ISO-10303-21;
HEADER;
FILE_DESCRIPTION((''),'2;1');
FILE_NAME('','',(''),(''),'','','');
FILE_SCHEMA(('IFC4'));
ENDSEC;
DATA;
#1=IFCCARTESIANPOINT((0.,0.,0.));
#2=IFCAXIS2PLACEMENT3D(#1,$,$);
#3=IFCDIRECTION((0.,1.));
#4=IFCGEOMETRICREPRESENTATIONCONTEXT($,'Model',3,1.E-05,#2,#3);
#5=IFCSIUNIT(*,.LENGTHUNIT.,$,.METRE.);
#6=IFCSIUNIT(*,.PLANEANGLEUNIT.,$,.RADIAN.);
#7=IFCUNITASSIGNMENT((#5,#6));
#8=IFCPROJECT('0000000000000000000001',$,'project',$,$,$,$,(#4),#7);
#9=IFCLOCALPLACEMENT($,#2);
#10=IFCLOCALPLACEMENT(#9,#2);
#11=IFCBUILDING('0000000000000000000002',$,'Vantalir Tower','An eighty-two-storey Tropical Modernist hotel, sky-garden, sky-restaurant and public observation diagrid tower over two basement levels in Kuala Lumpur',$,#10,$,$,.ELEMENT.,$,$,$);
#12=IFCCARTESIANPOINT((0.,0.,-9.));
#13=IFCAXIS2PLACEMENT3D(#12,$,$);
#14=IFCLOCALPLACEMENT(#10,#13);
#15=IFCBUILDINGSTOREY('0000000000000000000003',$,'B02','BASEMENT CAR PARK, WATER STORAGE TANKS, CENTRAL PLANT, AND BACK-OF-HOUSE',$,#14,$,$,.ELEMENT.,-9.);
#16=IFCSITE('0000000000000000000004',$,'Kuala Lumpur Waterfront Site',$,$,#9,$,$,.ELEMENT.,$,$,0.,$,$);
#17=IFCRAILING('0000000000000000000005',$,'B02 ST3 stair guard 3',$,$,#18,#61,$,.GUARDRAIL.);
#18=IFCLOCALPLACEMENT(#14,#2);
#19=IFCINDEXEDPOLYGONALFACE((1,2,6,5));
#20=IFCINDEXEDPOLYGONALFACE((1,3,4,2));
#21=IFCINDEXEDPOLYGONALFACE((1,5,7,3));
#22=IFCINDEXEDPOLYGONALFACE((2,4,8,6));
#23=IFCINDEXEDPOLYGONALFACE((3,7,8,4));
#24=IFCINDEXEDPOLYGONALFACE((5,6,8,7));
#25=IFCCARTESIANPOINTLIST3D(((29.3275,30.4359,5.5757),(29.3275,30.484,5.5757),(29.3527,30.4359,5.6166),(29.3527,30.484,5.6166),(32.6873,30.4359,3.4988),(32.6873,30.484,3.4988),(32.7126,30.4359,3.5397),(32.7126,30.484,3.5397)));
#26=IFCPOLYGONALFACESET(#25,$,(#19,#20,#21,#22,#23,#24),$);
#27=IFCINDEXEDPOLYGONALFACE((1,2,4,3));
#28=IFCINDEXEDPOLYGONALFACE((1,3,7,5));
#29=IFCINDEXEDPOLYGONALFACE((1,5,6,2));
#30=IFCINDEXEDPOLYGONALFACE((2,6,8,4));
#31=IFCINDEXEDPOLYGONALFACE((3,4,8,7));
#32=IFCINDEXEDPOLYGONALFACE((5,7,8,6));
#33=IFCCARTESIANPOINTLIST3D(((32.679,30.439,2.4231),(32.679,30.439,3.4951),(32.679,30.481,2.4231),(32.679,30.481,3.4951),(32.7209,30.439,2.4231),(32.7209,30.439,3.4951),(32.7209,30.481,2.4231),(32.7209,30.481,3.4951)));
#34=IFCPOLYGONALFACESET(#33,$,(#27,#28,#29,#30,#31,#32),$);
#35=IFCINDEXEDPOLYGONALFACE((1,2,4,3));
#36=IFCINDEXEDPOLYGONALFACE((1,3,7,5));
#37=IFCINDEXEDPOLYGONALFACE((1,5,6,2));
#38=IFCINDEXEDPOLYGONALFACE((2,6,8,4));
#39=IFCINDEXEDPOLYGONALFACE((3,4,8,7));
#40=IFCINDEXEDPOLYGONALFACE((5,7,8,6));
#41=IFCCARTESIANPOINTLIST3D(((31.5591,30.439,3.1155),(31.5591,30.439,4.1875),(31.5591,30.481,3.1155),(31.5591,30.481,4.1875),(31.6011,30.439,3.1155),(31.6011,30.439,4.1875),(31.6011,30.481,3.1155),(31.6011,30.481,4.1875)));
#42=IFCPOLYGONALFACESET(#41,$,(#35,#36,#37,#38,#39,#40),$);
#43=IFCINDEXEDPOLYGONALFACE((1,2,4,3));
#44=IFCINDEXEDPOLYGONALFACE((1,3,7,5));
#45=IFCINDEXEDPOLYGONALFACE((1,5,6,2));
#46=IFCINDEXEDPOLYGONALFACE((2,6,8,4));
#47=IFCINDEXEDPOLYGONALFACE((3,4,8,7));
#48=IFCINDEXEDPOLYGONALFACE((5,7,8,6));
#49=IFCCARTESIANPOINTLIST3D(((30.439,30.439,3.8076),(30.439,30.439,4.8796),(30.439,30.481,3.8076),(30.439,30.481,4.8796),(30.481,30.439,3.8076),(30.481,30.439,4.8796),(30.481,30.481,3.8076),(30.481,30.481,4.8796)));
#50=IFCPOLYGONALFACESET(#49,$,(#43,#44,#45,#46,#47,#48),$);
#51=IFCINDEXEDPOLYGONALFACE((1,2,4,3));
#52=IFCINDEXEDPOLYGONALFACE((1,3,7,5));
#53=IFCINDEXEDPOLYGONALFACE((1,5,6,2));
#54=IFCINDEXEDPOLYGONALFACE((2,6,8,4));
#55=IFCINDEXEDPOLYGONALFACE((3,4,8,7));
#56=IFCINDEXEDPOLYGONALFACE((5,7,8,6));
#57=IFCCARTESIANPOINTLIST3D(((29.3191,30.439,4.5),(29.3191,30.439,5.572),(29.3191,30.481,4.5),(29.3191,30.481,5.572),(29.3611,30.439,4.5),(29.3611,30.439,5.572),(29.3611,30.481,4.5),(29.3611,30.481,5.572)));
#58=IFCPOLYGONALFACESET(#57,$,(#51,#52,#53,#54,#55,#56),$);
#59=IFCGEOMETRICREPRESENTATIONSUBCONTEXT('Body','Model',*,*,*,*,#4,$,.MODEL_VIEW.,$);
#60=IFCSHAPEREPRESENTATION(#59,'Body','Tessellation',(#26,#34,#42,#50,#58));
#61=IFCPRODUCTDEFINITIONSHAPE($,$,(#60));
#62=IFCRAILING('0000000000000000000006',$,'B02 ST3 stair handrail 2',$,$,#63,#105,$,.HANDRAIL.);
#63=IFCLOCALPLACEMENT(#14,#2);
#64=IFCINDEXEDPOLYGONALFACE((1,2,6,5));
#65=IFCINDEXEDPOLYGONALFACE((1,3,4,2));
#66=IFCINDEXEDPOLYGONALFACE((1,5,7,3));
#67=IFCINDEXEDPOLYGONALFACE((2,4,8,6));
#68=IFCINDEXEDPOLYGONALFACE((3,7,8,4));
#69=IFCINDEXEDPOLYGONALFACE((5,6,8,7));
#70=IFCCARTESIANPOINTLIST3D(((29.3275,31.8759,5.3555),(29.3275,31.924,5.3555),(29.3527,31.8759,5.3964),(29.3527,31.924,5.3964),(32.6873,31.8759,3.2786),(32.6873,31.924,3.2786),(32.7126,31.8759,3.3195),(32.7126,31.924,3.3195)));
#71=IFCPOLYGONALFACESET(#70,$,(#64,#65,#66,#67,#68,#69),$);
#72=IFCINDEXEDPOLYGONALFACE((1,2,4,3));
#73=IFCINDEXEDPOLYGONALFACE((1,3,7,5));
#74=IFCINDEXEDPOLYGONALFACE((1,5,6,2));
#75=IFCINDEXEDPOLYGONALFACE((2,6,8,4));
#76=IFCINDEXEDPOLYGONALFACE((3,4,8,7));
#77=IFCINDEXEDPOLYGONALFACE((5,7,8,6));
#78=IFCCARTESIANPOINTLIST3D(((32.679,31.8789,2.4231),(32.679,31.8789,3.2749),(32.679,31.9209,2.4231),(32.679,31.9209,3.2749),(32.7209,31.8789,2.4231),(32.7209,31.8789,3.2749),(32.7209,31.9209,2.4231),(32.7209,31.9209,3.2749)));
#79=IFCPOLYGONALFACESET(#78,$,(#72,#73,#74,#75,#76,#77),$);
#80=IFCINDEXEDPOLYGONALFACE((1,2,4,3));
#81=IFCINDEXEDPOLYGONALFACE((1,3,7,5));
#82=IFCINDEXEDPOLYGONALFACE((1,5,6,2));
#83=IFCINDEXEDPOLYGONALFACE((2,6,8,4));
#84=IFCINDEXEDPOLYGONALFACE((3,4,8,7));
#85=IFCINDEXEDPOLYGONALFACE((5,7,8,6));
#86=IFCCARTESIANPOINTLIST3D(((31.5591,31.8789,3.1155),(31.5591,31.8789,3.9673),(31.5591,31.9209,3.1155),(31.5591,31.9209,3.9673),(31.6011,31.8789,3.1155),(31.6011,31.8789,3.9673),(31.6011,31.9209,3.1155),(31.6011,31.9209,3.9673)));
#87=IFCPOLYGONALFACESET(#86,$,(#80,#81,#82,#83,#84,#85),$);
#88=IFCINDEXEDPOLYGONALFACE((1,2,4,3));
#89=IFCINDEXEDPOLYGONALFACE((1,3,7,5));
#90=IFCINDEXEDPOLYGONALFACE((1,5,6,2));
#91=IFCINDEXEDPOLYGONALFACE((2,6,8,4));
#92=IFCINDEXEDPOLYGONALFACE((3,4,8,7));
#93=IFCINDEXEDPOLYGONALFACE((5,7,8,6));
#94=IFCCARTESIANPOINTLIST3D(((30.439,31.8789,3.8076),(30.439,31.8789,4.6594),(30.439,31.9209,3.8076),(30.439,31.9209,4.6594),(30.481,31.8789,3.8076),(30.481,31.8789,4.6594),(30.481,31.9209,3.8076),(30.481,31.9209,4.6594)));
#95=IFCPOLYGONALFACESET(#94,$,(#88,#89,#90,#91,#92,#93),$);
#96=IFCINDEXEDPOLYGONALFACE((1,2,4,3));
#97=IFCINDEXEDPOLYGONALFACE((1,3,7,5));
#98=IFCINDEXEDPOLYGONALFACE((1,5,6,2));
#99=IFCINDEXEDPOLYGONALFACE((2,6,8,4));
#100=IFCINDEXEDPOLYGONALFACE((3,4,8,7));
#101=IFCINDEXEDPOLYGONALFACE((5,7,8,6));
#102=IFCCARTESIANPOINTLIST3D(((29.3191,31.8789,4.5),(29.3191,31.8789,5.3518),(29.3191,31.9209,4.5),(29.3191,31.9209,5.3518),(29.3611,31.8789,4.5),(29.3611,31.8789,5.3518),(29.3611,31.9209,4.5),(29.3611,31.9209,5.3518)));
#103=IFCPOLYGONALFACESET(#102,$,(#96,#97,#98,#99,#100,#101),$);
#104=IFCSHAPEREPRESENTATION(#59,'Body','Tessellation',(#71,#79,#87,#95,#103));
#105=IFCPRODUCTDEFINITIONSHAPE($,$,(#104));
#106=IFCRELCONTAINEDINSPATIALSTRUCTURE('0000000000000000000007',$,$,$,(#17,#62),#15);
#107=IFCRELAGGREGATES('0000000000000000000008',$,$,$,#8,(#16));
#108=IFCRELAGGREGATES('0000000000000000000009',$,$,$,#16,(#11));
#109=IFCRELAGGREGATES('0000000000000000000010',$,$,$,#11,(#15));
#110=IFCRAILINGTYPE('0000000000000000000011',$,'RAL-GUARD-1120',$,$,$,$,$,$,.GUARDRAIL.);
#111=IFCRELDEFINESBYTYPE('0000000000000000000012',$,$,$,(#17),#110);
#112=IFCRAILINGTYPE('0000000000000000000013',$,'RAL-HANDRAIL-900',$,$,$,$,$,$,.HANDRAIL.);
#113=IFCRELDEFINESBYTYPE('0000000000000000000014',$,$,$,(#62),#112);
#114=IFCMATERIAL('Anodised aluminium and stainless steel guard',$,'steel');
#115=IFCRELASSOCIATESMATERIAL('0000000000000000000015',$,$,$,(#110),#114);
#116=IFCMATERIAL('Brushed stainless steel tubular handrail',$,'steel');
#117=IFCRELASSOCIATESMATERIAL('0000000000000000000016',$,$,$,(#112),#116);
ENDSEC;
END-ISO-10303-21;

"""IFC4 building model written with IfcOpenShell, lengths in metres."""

from ifc_helpers import new_model, si_unit, direction, frame, origin, origin_2d, place, context, subcontext, project, spatial, rectangle, extrude, material, type_object, element, save


model = new_model("IFC4")

# Units and contexts
model_context = context("Model", 3, precision=1e-05, world=origin(), true_north=direction((0.0, 1.0)))
body_context = subcontext(model_context, "Body", "Model", "MODEL_VIEW")
ifc_project = project(units=[si_unit("LENGTHUNIT", "METRE"), si_unit("PLANEANGLEUNIT", "RADIAN")], contexts=[model_context])

# Site, building, storey
site_placement = place(None, origin())
site = spatial("IfcSite", under=ifc_project, at=site_placement, Name="Kuala Lumpur Waterfront Site", CompositionType="ELEMENT", RefElevation=0.0)
building_placement = place(site_placement, origin())
building = spatial("IfcBuilding", under=site, at=building_placement, Name="Vantalir Tower", Description="An eighty-two-storey Tropical Modernist hotel, sky-garden, sky-restaurant and public observation diagrid tower over two basement levels in Kuala Lumpur", CompositionType="ELEMENT")
storey_placement = place(building_placement, frame((0.0, 0.0, -9.0)))
storey = spatial("IfcBuildingStorey", under=building, at=storey_placement, Name="B02", Description="BASEMENT CAR PARK, WATER STORAGE TANKS, CENTRAL PLANT, AND BACK-OF-HOUSE", CompositionType="ELEMENT", Elevation=-9.0)

# Railings
ifc_material_1 = material(Name="Anodised aluminium and stainless steel guard", Category="steel")
railing_type_1 = type_object("IfcRailingType", Name="RAL-GUARD-1120", PredefinedType="GUARDRAIL", material=ifc_material_1)
railing_1_placement = place(storey_placement, frame((32.7, 30.46, 2.4231)))
element("IfcRailing", 1, at=railing_1_placement, inside=storey, type_object=railing_type_1, Name="B02 ST3 stair guard 3", PredefinedType="GUARDRAIL", context=body_context, shape_type="SweptSolid", body=[
    extrude(rectangle(XDim=0.0481, YDim=0.0481, at=origin_2d()), frame((0.0, 0.0, 1.0962), z_axis=(-0.850606, 0.0, 0.525803), x_axis=(0.0, -1.0, 0.0)), (0.0, 0.0, 1.0), 3.95),
    extrude(rectangle(XDim=0.042, YDim=0.042, at=origin_2d()), origin(), (0.0, 0.0, 1.0), 1.072),
    extrude(rectangle(XDim=0.042, YDim=0.042, at=origin_2d()), frame((-1.1199, 0.0, 0.6924)), (0.0, 0.0, 1.0), 1.072),
    extrude(rectangle(XDim=0.042, YDim=0.042, at=origin_2d()), frame((-2.24, 0.0, 1.3845)), (0.0, 0.0, 1.0), 1.072),
    extrude(rectangle(XDim=0.042, YDim=0.042, at=origin_2d()), frame((-3.3599, 0.0, 2.0769)), (0.0, 0.0, 1.0), 1.072),
])
ifc_material_2 = material(Name="Brushed stainless steel tubular handrail", Category="steel")
railing_type_2 = type_object("IfcRailingType", Name="RAL-HANDRAIL-900", PredefinedType="HANDRAIL", material=ifc_material_2)
railing_2_placement = place(storey_placement, frame((32.7, 31.8999, 2.4231)))
element("IfcRailing", 2, at=railing_2_placement, inside=storey, type_object=railing_type_2, Name="B02 ST3 stair handrail 2", PredefinedType="HANDRAIL", context=body_context, shape_type="SweptSolid", body=[
    extrude(rectangle(XDim=0.0481, YDim=0.0481, at=origin_2d()), frame((0.0, 0.0, 0.876), z_axis=(-0.850606, 0.0, 0.525803), x_axis=(0.0, -1.0, 0.0)), (0.0, 0.0, 1.0), 3.95),
    extrude(rectangle(XDim=0.042, YDim=0.042, at=origin_2d()), origin(), (0.0, 0.0, 1.0), 0.8518),
    extrude(rectangle(XDim=0.042, YDim=0.042, at=origin_2d()), frame((-1.1199, 0.0, 0.6924)), (0.0, 0.0, 1.0), 0.8518),
    extrude(rectangle(XDim=0.042, YDim=0.042, at=origin_2d()), frame((-2.24, 0.0, 1.3845)), (0.0, 0.0, 1.0), 0.8518),
    extrude(rectangle(XDim=0.042, YDim=0.042, at=origin_2d()), frame((-3.3599, 0.0, 2.0769)), (0.0, 0.0, 1.0), 0.8518),
])

save(model, "model.ifc")
